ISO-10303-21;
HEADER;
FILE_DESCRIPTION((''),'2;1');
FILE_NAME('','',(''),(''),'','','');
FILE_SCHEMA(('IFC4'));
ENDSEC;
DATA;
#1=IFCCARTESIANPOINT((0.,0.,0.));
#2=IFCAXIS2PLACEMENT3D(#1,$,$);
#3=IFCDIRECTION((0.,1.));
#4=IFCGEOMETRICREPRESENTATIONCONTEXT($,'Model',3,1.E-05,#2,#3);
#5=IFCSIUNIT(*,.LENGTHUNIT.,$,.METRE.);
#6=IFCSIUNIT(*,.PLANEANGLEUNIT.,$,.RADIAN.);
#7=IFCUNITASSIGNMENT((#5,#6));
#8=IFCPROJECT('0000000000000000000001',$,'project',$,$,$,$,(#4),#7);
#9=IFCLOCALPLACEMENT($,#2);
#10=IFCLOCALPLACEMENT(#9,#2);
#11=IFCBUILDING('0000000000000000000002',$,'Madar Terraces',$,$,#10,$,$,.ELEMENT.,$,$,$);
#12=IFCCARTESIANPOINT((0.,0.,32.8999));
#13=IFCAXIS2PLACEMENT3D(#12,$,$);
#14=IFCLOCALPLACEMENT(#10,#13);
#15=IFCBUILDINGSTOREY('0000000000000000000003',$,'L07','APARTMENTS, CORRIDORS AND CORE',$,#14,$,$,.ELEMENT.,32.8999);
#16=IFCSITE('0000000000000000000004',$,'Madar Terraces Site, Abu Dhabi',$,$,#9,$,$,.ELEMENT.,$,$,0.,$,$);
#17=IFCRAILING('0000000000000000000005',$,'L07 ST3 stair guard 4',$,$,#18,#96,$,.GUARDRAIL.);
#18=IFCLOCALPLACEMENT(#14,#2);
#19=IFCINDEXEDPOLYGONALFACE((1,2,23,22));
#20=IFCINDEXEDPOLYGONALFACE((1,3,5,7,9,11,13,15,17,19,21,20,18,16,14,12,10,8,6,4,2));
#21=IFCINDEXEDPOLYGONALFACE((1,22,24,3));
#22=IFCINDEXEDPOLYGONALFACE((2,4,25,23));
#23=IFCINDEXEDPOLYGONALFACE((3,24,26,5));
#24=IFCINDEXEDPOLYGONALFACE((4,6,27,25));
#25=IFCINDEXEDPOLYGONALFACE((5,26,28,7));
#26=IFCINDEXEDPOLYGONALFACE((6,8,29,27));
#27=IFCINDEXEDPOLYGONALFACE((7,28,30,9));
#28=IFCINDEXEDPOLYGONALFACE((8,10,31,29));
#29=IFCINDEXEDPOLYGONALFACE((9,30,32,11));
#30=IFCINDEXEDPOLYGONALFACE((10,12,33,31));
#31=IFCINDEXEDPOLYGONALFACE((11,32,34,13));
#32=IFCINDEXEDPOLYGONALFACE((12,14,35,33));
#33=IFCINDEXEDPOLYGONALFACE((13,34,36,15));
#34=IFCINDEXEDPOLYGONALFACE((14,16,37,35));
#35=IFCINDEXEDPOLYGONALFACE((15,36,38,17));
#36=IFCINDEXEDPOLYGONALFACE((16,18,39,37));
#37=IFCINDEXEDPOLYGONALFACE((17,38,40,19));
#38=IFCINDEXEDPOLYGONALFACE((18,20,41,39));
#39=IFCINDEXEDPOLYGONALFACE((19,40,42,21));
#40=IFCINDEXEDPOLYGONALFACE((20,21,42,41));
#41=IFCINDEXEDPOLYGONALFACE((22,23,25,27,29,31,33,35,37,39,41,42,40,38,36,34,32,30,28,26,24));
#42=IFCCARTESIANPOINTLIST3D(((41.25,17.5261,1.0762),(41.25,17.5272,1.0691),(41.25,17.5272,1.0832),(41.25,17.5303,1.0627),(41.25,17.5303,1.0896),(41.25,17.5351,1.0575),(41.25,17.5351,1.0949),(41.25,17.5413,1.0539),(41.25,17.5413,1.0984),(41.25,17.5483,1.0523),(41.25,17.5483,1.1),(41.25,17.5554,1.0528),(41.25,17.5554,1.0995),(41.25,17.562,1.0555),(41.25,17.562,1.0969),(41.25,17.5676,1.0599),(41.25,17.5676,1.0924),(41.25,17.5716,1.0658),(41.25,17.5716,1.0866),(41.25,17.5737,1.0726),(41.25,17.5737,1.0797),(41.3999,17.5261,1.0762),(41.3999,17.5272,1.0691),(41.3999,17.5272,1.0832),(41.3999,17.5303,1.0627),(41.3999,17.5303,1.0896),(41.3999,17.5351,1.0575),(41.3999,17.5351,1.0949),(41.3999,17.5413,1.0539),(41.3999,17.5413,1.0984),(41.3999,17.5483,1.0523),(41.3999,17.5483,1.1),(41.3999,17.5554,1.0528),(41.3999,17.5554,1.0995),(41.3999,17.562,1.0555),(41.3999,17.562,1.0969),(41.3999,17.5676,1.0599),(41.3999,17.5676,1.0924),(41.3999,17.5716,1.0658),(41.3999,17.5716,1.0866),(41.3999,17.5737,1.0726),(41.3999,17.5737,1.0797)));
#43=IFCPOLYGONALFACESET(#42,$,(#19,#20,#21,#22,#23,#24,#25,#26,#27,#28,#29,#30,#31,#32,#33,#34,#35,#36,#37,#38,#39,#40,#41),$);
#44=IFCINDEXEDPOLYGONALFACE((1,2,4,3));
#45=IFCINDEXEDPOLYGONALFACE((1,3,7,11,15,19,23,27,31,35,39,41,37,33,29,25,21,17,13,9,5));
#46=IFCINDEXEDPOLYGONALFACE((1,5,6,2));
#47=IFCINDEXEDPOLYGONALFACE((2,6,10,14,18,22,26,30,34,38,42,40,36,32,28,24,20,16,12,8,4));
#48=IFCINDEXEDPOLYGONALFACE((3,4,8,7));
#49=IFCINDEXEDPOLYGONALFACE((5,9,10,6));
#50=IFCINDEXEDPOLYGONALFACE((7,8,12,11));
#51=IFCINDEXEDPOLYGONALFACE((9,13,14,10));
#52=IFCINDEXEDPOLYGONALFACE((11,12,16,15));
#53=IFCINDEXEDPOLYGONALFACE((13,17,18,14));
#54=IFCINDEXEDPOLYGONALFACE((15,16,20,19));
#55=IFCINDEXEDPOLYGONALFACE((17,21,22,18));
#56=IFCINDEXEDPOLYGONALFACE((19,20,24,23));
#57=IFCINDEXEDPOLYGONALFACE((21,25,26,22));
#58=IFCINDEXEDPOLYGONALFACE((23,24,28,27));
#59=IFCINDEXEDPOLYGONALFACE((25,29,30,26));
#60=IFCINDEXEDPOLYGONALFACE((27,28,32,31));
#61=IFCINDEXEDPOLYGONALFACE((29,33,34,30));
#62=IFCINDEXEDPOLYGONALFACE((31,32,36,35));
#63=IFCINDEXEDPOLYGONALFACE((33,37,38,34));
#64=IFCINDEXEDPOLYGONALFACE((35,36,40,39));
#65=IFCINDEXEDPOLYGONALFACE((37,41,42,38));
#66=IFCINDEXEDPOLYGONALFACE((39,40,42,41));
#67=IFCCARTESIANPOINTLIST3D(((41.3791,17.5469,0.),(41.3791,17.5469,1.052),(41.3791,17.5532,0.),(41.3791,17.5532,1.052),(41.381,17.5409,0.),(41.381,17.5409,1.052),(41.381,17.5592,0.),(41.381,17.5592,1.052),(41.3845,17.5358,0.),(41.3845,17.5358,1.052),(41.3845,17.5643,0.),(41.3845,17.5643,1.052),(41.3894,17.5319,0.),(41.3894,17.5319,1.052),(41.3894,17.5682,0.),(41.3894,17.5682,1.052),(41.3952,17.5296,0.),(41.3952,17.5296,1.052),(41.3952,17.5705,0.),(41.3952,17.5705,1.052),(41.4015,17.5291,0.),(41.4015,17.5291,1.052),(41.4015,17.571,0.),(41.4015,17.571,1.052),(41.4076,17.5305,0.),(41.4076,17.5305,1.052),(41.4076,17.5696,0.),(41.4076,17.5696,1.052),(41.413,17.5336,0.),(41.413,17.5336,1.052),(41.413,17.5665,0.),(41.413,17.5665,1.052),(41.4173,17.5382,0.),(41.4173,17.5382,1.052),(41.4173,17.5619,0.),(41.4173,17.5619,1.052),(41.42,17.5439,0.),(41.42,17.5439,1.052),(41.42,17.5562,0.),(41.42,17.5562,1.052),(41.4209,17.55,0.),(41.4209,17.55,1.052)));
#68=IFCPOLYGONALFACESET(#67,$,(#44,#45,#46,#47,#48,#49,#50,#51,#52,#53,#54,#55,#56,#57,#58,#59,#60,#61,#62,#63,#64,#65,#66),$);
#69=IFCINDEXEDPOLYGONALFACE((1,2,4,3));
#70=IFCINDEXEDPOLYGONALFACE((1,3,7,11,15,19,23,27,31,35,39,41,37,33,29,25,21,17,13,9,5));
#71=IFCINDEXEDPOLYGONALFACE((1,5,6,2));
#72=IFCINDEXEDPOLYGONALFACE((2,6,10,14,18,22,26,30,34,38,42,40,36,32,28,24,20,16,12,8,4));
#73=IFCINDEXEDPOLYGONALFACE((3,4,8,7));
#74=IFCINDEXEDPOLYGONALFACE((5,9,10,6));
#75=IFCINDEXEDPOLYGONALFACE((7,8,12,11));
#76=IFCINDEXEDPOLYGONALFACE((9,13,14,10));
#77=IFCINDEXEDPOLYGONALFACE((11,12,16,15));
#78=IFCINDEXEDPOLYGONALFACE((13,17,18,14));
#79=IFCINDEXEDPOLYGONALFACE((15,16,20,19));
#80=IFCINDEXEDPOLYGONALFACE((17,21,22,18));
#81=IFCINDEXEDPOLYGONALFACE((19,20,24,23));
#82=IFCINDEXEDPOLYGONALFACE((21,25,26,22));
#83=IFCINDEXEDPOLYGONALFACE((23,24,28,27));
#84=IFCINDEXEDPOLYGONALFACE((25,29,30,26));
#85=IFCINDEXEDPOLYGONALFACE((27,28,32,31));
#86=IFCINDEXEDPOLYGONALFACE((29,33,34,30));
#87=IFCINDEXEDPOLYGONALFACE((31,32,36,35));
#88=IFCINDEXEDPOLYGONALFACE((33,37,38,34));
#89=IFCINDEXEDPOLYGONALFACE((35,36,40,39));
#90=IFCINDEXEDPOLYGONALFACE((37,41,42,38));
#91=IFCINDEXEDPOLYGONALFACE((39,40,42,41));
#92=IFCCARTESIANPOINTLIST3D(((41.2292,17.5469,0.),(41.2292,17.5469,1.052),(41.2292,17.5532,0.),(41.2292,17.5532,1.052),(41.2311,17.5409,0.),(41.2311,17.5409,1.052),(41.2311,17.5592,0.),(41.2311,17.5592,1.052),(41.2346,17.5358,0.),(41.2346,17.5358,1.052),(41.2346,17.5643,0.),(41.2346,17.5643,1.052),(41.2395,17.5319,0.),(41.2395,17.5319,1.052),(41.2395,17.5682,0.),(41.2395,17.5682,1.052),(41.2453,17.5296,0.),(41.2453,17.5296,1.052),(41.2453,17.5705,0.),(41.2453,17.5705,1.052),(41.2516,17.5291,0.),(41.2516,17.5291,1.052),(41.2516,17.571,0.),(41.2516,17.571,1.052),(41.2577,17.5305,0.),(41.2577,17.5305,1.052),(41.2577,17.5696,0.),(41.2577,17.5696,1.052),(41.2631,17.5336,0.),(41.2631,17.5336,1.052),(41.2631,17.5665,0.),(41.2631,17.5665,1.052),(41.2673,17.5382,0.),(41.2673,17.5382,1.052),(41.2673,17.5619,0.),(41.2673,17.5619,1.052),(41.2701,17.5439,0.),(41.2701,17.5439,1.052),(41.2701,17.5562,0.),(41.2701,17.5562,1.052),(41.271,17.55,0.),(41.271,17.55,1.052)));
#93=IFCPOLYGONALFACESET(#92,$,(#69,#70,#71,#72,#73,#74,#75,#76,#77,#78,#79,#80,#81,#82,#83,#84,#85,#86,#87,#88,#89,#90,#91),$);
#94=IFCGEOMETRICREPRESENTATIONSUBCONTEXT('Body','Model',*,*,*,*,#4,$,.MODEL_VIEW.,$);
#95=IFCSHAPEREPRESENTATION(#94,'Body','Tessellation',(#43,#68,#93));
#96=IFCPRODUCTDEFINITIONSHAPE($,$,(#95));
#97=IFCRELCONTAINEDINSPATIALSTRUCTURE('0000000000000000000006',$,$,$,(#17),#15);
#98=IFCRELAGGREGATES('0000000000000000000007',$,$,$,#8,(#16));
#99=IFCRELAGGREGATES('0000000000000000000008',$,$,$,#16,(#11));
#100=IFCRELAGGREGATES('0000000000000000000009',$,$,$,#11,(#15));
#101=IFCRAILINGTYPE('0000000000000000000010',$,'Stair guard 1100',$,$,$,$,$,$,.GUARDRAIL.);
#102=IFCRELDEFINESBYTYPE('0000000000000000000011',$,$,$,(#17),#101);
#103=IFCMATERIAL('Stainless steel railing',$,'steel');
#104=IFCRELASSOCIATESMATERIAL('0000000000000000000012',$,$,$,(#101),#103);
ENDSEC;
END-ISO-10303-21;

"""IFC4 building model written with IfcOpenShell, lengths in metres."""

from ifc_helpers import new_model, si_unit, direction, frame, origin, origin_2d, place, context, subcontext, project, spatial, circle, extrude, material, type_object, element, save


model = new_model("IFC4")

# Units and contexts
model_context = context("Model", 3, precision=1e-05, world=origin(), true_north=direction((0.0, 1.0)))
body_context = subcontext(model_context, "Body", "Model", "MODEL_VIEW")
ifc_project = project(units=[si_unit("LENGTHUNIT", "METRE"), si_unit("PLANEANGLEUNIT", "RADIAN")], contexts=[model_context])

# Site, building, storey
site_placement = place(None, origin())
site = spatial("IfcSite", under=ifc_project, at=site_placement, Name="Madar Terraces Site, Abu Dhabi", CompositionType="ELEMENT", RefElevation=0.0)
building_placement = place(site_placement, origin())
building = spatial("IfcBuilding", under=site, at=building_placement, Name="Madar Terraces", CompositionType="ELEMENT")
storey_placement = place(building_placement, frame((0.0, 0.0, 32.8999)))
storey = spatial("IfcBuildingStorey", under=building, at=storey_placement, Name="L07", Description="APARTMENTS, CORRIDORS AND CORE", CompositionType="ELEMENT", Elevation=32.8999)

# Railing
ifc_material_1 = material(Name="Stainless steel railing", Category="steel")
railing_type_1 = type_object("IfcRailingType", Name="Stair guard 1100", PredefinedType="GUARDRAIL", material=ifc_material_1)
railing_1_placement = place(storey_placement, frame((41.3999, 17.55, 0.0)))
element("IfcRailing", 1, at=railing_1_placement, inside=storey, type_object=railing_type_1, Name="L07 ST3 stair guard 4", PredefinedType="GUARDRAIL", context=body_context, shape_type="SweptSolid", body=[
    extrude(circle(Radius=0.0239, at=origin_2d()), frame((0.0, 0.0, 1.0762), z_axis=(-1.0, 0.0, 0.0), x_axis=(0.0, -1.0, 0.0)), (0.0, 0.0, 1.0), 0.1499),
    extrude(circle(Radius=0.021, at=origin_2d()), origin(), (0.0, 0.0, 1.0), 1.052),
    extrude(circle(Radius=0.021, at=origin_2d()), frame((-0.1499, 0.0, 0.0)), (0.0, 0.0, 1.0), 1.052),
])

save(model, "model.ifc")
